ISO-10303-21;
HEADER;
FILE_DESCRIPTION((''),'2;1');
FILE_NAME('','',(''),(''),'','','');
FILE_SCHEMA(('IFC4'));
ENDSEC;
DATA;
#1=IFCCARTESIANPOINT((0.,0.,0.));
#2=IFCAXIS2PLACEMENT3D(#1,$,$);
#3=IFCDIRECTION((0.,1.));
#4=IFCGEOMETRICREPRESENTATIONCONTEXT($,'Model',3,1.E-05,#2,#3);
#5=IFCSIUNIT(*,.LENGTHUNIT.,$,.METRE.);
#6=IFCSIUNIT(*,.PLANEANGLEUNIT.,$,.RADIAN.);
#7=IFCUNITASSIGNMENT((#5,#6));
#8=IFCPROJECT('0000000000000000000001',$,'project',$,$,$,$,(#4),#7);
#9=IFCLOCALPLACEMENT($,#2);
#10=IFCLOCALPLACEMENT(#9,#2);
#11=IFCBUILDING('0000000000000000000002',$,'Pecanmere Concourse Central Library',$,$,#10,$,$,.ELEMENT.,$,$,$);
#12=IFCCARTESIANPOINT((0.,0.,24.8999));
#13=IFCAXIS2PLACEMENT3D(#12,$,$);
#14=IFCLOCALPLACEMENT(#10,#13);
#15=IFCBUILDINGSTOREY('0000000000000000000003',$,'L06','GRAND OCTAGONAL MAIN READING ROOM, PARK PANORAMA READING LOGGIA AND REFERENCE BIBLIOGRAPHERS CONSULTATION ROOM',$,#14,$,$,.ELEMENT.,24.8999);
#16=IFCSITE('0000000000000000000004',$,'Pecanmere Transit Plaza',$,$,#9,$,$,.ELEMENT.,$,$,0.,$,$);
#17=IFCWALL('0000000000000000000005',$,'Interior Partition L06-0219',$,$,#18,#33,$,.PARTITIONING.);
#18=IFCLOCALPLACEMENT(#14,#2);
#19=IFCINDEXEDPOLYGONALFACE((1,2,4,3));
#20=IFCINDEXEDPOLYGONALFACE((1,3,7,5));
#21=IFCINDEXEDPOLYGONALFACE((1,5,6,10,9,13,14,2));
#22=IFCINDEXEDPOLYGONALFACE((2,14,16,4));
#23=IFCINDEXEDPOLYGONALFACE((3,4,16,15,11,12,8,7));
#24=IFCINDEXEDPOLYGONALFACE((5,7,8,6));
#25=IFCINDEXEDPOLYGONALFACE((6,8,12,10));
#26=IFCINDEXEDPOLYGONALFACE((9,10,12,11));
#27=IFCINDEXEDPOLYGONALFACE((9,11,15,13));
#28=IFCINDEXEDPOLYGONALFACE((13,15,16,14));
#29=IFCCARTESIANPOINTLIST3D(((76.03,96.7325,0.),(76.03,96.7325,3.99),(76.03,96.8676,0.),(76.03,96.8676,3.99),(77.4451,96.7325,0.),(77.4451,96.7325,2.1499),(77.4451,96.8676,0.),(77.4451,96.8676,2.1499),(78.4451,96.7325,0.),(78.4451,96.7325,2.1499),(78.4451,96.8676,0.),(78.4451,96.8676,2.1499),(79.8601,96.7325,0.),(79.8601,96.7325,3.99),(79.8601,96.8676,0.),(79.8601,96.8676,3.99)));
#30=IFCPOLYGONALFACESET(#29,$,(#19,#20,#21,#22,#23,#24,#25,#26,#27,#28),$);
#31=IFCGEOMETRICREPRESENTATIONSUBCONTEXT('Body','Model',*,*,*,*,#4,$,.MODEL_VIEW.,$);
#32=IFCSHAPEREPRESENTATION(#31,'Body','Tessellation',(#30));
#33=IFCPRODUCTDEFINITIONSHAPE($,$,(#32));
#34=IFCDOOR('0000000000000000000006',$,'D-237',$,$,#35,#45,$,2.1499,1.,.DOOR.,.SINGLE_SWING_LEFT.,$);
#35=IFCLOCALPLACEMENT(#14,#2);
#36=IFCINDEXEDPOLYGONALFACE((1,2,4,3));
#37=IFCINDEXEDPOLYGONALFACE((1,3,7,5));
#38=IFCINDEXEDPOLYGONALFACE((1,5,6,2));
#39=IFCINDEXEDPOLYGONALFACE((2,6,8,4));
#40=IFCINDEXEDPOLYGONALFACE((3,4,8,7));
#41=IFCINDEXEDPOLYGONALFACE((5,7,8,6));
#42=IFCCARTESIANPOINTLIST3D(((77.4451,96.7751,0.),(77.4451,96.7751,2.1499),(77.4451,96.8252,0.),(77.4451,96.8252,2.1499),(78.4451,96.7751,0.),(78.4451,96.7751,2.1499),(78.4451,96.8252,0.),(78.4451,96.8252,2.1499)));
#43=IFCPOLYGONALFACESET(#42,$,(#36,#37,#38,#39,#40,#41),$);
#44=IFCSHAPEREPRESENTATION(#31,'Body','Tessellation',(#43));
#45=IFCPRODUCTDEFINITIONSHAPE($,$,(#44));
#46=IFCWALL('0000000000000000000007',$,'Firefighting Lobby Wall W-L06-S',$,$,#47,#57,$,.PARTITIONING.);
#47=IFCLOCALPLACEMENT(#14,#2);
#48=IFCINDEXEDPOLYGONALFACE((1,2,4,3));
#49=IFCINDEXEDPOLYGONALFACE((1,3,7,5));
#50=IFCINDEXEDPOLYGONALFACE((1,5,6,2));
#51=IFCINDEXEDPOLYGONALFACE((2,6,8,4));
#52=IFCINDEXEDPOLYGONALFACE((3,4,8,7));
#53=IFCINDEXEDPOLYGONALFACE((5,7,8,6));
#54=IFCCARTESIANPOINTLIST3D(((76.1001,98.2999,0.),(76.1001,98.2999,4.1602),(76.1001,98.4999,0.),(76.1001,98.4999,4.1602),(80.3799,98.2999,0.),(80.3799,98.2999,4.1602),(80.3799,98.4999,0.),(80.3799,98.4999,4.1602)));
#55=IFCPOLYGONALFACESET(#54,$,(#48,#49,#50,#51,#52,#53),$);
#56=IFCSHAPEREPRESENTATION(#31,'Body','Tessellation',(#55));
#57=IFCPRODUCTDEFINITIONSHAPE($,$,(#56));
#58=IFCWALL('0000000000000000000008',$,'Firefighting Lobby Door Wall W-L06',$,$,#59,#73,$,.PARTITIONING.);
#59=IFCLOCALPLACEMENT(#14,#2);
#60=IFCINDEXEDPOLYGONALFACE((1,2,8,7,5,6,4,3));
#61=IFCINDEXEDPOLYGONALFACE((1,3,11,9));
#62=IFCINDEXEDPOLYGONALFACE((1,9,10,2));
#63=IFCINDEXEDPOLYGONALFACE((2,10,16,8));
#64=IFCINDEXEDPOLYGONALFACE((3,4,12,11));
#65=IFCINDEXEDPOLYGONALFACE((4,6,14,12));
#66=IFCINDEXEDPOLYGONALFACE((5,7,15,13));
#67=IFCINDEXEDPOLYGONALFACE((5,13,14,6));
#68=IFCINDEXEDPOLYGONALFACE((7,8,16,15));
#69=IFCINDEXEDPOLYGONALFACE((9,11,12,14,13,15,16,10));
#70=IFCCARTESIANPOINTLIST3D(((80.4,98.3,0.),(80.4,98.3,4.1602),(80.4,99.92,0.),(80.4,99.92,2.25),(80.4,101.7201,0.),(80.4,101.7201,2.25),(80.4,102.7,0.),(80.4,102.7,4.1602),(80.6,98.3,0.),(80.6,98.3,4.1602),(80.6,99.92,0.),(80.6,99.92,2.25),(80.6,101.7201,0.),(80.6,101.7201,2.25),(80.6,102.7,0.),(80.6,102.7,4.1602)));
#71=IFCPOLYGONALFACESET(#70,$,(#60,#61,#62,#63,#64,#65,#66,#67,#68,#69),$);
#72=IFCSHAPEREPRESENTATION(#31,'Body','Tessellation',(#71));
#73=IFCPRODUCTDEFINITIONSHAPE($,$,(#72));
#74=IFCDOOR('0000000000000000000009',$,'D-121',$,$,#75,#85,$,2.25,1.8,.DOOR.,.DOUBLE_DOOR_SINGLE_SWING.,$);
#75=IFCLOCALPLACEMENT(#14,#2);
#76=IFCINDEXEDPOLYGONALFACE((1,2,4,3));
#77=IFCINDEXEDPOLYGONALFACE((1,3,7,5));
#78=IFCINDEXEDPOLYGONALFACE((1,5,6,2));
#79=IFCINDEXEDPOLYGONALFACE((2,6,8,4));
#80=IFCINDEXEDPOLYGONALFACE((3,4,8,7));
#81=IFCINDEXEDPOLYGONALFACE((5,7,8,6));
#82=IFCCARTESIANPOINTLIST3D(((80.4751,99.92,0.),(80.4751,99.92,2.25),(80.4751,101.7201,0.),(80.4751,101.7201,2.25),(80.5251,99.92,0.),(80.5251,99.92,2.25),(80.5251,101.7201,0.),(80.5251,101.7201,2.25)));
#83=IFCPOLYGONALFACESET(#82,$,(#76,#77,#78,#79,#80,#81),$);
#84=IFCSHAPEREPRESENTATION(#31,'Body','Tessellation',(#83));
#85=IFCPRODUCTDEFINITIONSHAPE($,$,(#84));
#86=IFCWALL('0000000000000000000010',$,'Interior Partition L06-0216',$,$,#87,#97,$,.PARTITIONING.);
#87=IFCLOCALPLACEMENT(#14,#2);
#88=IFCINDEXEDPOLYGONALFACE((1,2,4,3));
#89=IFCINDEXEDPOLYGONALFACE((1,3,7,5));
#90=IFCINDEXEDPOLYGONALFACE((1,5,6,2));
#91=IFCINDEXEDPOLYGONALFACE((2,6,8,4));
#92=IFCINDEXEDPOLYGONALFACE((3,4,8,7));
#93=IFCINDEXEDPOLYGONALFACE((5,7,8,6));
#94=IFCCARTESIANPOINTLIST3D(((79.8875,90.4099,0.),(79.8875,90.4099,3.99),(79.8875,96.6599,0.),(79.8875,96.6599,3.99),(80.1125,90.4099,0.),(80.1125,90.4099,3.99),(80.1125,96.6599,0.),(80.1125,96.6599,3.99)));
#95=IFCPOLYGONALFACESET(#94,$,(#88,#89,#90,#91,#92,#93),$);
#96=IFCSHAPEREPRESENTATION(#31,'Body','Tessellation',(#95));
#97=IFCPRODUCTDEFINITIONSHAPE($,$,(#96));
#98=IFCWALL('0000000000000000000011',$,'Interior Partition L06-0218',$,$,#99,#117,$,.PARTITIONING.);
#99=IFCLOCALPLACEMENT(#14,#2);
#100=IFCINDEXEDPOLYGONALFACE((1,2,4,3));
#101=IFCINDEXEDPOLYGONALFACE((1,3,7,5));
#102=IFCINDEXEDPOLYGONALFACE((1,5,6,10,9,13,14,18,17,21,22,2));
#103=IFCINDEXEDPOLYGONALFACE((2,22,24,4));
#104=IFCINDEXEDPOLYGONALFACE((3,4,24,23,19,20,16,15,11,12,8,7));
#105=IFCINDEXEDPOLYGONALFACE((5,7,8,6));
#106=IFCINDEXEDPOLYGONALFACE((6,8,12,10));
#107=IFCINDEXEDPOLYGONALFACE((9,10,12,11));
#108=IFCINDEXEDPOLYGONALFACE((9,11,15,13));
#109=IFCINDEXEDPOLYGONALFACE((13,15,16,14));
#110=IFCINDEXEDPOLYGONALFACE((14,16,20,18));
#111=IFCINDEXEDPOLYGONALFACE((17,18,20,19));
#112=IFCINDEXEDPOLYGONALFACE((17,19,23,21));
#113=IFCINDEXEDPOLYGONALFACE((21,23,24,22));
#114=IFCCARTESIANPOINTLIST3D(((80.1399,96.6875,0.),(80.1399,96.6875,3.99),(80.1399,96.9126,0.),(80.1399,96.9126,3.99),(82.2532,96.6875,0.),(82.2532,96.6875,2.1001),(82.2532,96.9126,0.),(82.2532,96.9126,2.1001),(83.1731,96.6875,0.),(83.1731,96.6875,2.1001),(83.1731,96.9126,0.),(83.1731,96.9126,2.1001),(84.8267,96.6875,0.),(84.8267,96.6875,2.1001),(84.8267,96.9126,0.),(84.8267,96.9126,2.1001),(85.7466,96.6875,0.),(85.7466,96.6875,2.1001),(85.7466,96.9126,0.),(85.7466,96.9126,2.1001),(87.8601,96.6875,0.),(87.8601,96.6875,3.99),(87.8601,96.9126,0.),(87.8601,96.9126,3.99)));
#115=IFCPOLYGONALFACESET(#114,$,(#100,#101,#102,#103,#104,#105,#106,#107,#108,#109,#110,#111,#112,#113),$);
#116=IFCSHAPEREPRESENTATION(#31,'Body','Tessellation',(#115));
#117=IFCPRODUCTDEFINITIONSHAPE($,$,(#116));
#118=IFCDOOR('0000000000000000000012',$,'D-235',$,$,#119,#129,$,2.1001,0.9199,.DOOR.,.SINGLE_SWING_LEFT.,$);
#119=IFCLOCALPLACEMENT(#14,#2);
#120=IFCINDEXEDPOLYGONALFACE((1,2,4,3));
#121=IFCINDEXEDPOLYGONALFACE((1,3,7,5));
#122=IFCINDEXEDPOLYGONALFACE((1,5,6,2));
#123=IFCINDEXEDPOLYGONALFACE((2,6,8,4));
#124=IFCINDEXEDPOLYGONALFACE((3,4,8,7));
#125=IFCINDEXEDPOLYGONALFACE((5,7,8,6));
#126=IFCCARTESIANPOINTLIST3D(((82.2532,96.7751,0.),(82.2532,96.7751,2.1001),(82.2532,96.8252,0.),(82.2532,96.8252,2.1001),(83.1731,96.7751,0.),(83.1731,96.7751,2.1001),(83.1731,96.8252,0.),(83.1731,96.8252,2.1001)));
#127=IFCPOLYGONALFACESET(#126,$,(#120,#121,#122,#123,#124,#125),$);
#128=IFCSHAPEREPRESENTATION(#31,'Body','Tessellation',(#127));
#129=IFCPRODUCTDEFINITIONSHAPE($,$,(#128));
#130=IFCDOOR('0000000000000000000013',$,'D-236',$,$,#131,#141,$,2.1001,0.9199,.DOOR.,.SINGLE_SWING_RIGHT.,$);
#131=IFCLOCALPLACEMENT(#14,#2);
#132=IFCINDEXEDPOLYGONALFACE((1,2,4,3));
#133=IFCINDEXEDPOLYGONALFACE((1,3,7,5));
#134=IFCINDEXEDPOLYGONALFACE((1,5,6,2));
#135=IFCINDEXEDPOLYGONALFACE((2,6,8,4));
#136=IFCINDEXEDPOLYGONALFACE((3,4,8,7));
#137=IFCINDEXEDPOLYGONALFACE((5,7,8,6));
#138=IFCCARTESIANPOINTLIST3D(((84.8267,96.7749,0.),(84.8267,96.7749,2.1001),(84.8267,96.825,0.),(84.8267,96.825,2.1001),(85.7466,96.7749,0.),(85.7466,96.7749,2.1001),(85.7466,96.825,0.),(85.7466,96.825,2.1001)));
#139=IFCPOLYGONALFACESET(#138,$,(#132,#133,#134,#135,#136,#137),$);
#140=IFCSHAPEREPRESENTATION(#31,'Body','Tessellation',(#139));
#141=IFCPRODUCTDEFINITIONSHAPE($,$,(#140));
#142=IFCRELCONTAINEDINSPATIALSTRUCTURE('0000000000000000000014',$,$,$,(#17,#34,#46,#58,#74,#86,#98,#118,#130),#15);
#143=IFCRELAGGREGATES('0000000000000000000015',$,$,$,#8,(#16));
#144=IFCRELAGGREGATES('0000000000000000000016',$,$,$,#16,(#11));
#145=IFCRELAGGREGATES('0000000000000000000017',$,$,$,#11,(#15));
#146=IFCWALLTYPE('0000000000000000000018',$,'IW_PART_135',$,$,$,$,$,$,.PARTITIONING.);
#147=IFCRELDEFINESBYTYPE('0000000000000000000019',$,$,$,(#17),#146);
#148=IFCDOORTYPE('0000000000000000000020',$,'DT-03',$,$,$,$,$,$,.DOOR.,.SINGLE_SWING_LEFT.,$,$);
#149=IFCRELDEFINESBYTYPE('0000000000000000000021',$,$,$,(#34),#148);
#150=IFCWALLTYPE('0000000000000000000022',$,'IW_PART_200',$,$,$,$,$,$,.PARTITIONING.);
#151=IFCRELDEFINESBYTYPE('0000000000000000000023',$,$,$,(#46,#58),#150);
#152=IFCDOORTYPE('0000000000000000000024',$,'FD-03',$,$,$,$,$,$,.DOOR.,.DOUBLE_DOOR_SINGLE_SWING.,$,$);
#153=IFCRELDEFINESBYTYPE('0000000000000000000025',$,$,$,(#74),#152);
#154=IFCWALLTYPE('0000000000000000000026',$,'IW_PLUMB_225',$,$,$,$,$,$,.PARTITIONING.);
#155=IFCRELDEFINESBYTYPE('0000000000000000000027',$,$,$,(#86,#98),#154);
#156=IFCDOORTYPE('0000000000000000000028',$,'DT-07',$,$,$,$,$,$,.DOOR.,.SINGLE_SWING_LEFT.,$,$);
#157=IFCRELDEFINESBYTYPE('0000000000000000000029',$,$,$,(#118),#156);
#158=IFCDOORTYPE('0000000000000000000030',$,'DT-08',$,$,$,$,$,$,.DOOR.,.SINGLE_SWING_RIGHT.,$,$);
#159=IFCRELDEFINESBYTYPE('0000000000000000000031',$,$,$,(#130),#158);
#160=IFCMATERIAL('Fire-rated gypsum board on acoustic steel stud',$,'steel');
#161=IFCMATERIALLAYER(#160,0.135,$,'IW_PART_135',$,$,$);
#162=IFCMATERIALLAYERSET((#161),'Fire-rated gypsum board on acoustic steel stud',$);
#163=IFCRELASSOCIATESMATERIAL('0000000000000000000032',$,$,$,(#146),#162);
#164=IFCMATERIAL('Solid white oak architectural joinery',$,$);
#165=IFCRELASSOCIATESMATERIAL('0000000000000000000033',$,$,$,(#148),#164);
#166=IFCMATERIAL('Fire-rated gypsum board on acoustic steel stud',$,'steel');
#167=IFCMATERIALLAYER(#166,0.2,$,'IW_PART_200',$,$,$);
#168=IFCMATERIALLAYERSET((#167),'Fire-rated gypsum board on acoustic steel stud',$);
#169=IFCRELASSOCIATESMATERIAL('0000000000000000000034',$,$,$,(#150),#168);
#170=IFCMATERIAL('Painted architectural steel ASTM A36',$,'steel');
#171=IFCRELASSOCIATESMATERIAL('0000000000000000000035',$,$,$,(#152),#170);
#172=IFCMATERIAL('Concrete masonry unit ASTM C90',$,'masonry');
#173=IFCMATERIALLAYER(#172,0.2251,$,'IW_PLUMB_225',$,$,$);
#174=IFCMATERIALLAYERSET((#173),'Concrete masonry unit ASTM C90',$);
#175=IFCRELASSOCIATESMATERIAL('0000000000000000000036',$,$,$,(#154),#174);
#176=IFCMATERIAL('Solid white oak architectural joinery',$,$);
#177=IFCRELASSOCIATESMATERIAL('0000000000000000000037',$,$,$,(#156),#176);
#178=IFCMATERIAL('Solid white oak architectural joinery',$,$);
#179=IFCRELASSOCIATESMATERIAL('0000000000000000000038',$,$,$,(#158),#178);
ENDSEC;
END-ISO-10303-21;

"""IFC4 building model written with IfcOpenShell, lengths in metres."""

from ifc_helpers import new_model, si_unit, direction, frame, frame_2d, origin, place, context, subcontext, project, spatial, rectangle, extrude, material, layer, layer_set, type_object, element, fill, save


model = new_model("IFC4")

# Units and contexts
model_context = context("Model", 3, precision=1e-05, world=origin(), true_north=direction((0.0, 1.0)))
body_context = subcontext(model_context, "Body", "Model", "MODEL_VIEW")
ifc_project = project(units=[si_unit("LENGTHUNIT", "METRE"), si_unit("PLANEANGLEUNIT", "RADIAN")], contexts=[model_context])

# Site, building, storey
site_placement = place(None, origin())
site = spatial("IfcSite", under=ifc_project, at=site_placement, Name="Pecanmere Transit Plaza", CompositionType="ELEMENT", RefElevation=0.0)
building_placement = place(site_placement, origin())
building = spatial("IfcBuilding", under=site, at=building_placement, Name="Pecanmere Concourse Central Library", CompositionType="ELEMENT")
storey_placement = place(building_placement, frame((0.0, 0.0, 24.8999)))
storey = spatial("IfcBuildingStorey", under=building, at=storey_placement, Name="L06", Description="GRAND OCTAGONAL MAIN READING ROOM, PARK PANORAMA READING LOGGIA AND REFERENCE BIBLIOGRAPHERS CONSULTATION ROOM", CompositionType="ELEMENT", Elevation=24.8999)

# Wall, opening, door
ifc_material_1 = material(Name="Fire-rated gypsum board on acoustic steel stud", Category="steel")
ifc_layer_1 = layer(ifc_material_1, 0.135, Name="IW_PART_135")
ifc_layer_set_1 = layer_set([ifc_layer_1], Name="Fire-rated gypsum board on acoustic steel stud")
wall_type_1 = type_object("IfcWallType", Name="IW_PART_135", PredefinedType="PARTITIONING", material=ifc_layer_set_1)
wall_1_placement = place(storey_placement, frame((76.03, 96.8, 0.0), z_axis=(0.0, 0.0, 1.0), x_axis=(1.0, 0.0, 0.0)))
wall_1 = element("IfcWall", 1, at=wall_1_placement, inside=storey, type_object=wall_type_1, Name="Interior Partition L06-0219", PredefinedType="PARTITIONING", context=body_context, shape_type="SweptSolid", body=[
    extrude(rectangle(XDim=3.8301, YDim=0.135, at=frame_2d((1.915, 0.0))), origin(), (0.0, 0.0, 1.0), 3.99),
])
opening_1_placement = place(wall_1_placement, frame((1.415, 0.0, 0.0)))
opening_1 = element("IfcOpeningElement", 2, at=opening_1_placement, cuts=wall_1, PredefinedType="OPENING", context=body_context, shape_type="SweptSolid", body=[
    extrude(rectangle(XDim=1.0, YDim=2.1499, at=frame_2d((0.5, 1.075))), frame((0.0, 0.0796, 0.0), z_axis=(0.0, -1.0, 0.0), x_axis=(1.0, 0.0, 0.0)), (0.0, 0.0, 1.0), 0.1589),
])
ifc_material_2 = material(Name="Solid white oak architectural joinery")
door_type_1 = type_object("IfcDoorType", Name="DT-03", OperationType="SINGLE_SWING_LEFT", PredefinedType="DOOR", material=ifc_material_2)
door_1_placement = place(opening_1_placement, frame((1.0, 0.0, 0.0), z_axis=(0.0, 0.0, 1.0), x_axis=(-1.0, 0.0, 0.0)))
door_1 = element("IfcDoor", 3, at=door_1_placement, inside=storey, type_object=door_type_1, Name="D-237", OperationType="SINGLE_SWING_LEFT", OverallHeight=2.1499, OverallWidth=1.0, PredefinedType="DOOR", context=body_context, shape_type="SweptSolid", body=[
    extrude(rectangle(XDim=1.0, YDim=2.1499, at=frame_2d((0.5, 1.075))), frame((0.0, 0.0249, 0.0), z_axis=(0.0, -1.0, 0.0), x_axis=(1.0, 0.0, 0.0)), (0.0, 0.0, 1.0), 0.05),
])
fill(opening_1, door_1)

# Wall
ifc_material_3 = material(Name="Fire-rated gypsum board on acoustic steel stud", Category="steel")
ifc_layer_2 = layer(ifc_material_3, 0.2, Name="IW_PART_200")
ifc_layer_set_2 = layer_set([ifc_layer_2], Name="Fire-rated gypsum board on acoustic steel stud")
wall_type_2 = type_object("IfcWallType", Name="IW_PART_200", PredefinedType="PARTITIONING", material=ifc_layer_set_2)
wall_2_placement = place(storey_placement, frame((76.1001, 98.3999, 0.0), z_axis=(0.0, 0.0, 1.0), x_axis=(1.0, 0.0, 0.0)))
element("IfcWall", 4, at=wall_2_placement, inside=storey, type_object=wall_type_2, Name="Firefighting Lobby Wall W-L06-S", PredefinedType="PARTITIONING", context=body_context, shape_type="SweptSolid", body=[
    extrude(rectangle(XDim=4.2798, YDim=0.2, at=frame_2d((2.1399, 0.0))), origin(), (0.0, 0.0, 1.0), 4.1602),
])

# Wall, opening, door
wall_3_placement = place(storey_placement, frame((80.5, 98.3, 0.0), z_axis=(0.0, 0.0, 1.0), x_axis=(0.0, 1.0, 0.0)))
wall_3 = element("IfcWall", 5, at=wall_3_placement, inside=storey, type_object=wall_type_2, Name="Firefighting Lobby Door Wall W-L06", PredefinedType="PARTITIONING", context=body_context, shape_type="SweptSolid", body=[
    extrude(rectangle(XDim=4.3999, YDim=0.2, at=frame_2d((2.2, 0.0))), origin(), (0.0, 0.0, 1.0), 4.1602),
])
opening_2_placement = place(wall_3_placement, frame((1.6201, 0.0, 0.0)))
opening_2 = element("IfcOpeningElement", 6, at=opening_2_placement, cuts=wall_3, PredefinedType="OPENING", context=body_context, shape_type="SweptSolid", body=[
    extrude(rectangle(XDim=1.8, YDim=2.25, at=frame_2d((0.8999, 1.125))), frame((0.0, 0.1118, 0.0), z_axis=(0.0, -1.0, 0.0), x_axis=(1.0, 0.0, 0.0)), (0.0, 0.0, 1.0), 0.2239),
])
ifc_material_4 = material(Name="Painted architectural steel ASTM A36", Category="steel")
door_type_2 = type_object("IfcDoorType", Name="FD-03", OperationType="DOUBLE_DOOR_SINGLE_SWING", PredefinedType="DOOR", material=ifc_material_4)
door_2_placement = place(opening_2_placement, origin())
door_2 = element("IfcDoor", 7, at=door_2_placement, inside=storey, type_object=door_type_2, Name="D-121", OperationType="DOUBLE_DOOR_SINGLE_SWING", OverallHeight=2.25, OverallWidth=1.8, PredefinedType="DOOR", context=body_context, shape_type="SweptSolid", body=[
    extrude(rectangle(XDim=1.8, YDim=2.25, at=frame_2d((0.8999, 1.125))), frame((0.0, 0.0249, 0.0), z_axis=(0.0, -1.0, 0.0), x_axis=(1.0, 0.0, 0.0)), (0.0, 0.0, 1.0), 0.05),
])
fill(opening_2, door_2)

# Wall
ifc_material_5 = material(Name="Concrete masonry unit ASTM C90", Category="masonry")
ifc_layer_3 = layer(ifc_material_5, 0.2251, Name="IW_PLUMB_225")
ifc_layer_set_3 = layer_set([ifc_layer_3], Name="Concrete masonry unit ASTM C90")
wall_type_3 = type_object("IfcWallType", Name="IW_PLUMB_225", PredefinedType="PARTITIONING", material=ifc_layer_set_3)
wall_4_placement = place(storey_placement, frame((80.0, 90.4099, 0.0), z_axis=(0.0, 0.0, 1.0), x_axis=(0.0, 1.0, 0.0)))
element("IfcWall", 8, at=wall_4_placement, inside=storey, type_object=wall_type_3, Name="Interior Partition L06-0216", PredefinedType="PARTITIONING", context=body_context, shape_type="SweptSolid", body=[
    extrude(rectangle(XDim=6.25, YDim=0.2251, at=frame_2d((3.125, 0.0))), origin(), (0.0, 0.0, 1.0), 3.99),
])

# Wall, openings, doors
wall_5_placement = place(storey_placement, frame((80.1399, 96.8, 0.0), z_axis=(0.0, 0.0, 1.0), x_axis=(1.0, 0.0, 0.0)))
wall_5 = element("IfcWall", 9, at=wall_5_placement, inside=storey, type_object=wall_type_3, Name="Interior Partition L06-0218", PredefinedType="PARTITIONING", context=body_context, shape_type="SweptSolid", body=[
    extrude(rectangle(XDim=7.7202, YDim=0.2251, at=frame_2d((3.8601, 0.0))), origin(), (0.0, 0.0, 1.0), 3.99),
])
opening_3_placement = place(wall_5_placement, frame((2.1133, 0.0, 0.0)))
opening_3 = element("IfcOpeningElement", 10, at=opening_3_placement, cuts=wall_5, PredefinedType="OPENING", context=body_context, shape_type="SweptSolid", body=[
    extrude(rectangle(XDim=0.9199, YDim=2.1001, at=frame_2d((0.46, 1.05))), frame((0.0, 0.1245, 0.0), z_axis=(0.0, -1.0, 0.0), x_axis=(1.0, 0.0, 0.0)), (0.0, 0.0, 1.0), 0.249),
])
opening_4_placement = place(wall_5_placement, frame((4.6868, 0.0, 0.0)))
opening_4 = element("IfcOpeningElement", 11, at=opening_4_placement, cuts=wall_5, PredefinedType="OPENING", context=body_context, shape_type="SweptSolid", body=[
    extrude(rectangle(XDim=0.9199, YDim=2.1001, at=frame_2d((0.46, 1.05))), frame((0.0, 0.1245, 0.0), z_axis=(0.0, -1.0, 0.0), x_axis=(1.0, 0.0, 0.0)), (0.0, 0.0, 1.0), 0.249),
])
ifc_material_6 = material(Name="Solid white oak architectural joinery")
door_type_3 = type_object("IfcDoorType", Name="DT-07", OperationType="SINGLE_SWING_LEFT", PredefinedType="DOOR", material=ifc_material_6)
door_3_placement = place(opening_3_placement, frame((0.9199, 0.0, 0.0), z_axis=(0.0, 0.0, 1.0), x_axis=(-1.0, 0.0, 0.0)))
door_3 = element("IfcDoor", 12, at=door_3_placement, inside=storey, type_object=door_type_3, Name="D-235", OperationType="SINGLE_SWING_LEFT", OverallHeight=2.1001, OverallWidth=0.9199, PredefinedType="DOOR", context=body_context, shape_type="SweptSolid", body=[
    extrude(rectangle(XDim=0.9199, YDim=2.1001, at=frame_2d((0.46, 1.05))), frame((0.0, 0.0249, 0.0), z_axis=(0.0, -1.0, 0.0), x_axis=(1.0, 0.0, 0.0)), (0.0, 0.0, 1.0), 0.05),
])
fill(opening_3, door_3)
ifc_material_7 = material(Name="Solid white oak architectural joinery")
door_type_4 = type_object("IfcDoorType", Name="DT-08", OperationType="SINGLE_SWING_RIGHT", PredefinedType="DOOR", material=ifc_material_7)
door_4_placement = place(opening_4_placement, origin())
door_4 = element("IfcDoor", 13, at=door_4_placement, inside=storey, type_object=door_type_4, Name="D-236", OperationType="SINGLE_SWING_RIGHT", OverallHeight=2.1001, OverallWidth=0.9199, PredefinedType="DOOR", context=body_context, shape_type="SweptSolid", body=[
    extrude(rectangle(XDim=0.9199, YDim=2.1001, at=frame_2d((0.46, 1.05))), frame((0.0, 0.0249, 0.0), z_axis=(0.0, -1.0, 0.0), x_axis=(1.0, 0.0, 0.0)), (0.0, 0.0, 1.0), 0.05),
])
fill(opening_4, door_4)

save(model, "model.ifc")
